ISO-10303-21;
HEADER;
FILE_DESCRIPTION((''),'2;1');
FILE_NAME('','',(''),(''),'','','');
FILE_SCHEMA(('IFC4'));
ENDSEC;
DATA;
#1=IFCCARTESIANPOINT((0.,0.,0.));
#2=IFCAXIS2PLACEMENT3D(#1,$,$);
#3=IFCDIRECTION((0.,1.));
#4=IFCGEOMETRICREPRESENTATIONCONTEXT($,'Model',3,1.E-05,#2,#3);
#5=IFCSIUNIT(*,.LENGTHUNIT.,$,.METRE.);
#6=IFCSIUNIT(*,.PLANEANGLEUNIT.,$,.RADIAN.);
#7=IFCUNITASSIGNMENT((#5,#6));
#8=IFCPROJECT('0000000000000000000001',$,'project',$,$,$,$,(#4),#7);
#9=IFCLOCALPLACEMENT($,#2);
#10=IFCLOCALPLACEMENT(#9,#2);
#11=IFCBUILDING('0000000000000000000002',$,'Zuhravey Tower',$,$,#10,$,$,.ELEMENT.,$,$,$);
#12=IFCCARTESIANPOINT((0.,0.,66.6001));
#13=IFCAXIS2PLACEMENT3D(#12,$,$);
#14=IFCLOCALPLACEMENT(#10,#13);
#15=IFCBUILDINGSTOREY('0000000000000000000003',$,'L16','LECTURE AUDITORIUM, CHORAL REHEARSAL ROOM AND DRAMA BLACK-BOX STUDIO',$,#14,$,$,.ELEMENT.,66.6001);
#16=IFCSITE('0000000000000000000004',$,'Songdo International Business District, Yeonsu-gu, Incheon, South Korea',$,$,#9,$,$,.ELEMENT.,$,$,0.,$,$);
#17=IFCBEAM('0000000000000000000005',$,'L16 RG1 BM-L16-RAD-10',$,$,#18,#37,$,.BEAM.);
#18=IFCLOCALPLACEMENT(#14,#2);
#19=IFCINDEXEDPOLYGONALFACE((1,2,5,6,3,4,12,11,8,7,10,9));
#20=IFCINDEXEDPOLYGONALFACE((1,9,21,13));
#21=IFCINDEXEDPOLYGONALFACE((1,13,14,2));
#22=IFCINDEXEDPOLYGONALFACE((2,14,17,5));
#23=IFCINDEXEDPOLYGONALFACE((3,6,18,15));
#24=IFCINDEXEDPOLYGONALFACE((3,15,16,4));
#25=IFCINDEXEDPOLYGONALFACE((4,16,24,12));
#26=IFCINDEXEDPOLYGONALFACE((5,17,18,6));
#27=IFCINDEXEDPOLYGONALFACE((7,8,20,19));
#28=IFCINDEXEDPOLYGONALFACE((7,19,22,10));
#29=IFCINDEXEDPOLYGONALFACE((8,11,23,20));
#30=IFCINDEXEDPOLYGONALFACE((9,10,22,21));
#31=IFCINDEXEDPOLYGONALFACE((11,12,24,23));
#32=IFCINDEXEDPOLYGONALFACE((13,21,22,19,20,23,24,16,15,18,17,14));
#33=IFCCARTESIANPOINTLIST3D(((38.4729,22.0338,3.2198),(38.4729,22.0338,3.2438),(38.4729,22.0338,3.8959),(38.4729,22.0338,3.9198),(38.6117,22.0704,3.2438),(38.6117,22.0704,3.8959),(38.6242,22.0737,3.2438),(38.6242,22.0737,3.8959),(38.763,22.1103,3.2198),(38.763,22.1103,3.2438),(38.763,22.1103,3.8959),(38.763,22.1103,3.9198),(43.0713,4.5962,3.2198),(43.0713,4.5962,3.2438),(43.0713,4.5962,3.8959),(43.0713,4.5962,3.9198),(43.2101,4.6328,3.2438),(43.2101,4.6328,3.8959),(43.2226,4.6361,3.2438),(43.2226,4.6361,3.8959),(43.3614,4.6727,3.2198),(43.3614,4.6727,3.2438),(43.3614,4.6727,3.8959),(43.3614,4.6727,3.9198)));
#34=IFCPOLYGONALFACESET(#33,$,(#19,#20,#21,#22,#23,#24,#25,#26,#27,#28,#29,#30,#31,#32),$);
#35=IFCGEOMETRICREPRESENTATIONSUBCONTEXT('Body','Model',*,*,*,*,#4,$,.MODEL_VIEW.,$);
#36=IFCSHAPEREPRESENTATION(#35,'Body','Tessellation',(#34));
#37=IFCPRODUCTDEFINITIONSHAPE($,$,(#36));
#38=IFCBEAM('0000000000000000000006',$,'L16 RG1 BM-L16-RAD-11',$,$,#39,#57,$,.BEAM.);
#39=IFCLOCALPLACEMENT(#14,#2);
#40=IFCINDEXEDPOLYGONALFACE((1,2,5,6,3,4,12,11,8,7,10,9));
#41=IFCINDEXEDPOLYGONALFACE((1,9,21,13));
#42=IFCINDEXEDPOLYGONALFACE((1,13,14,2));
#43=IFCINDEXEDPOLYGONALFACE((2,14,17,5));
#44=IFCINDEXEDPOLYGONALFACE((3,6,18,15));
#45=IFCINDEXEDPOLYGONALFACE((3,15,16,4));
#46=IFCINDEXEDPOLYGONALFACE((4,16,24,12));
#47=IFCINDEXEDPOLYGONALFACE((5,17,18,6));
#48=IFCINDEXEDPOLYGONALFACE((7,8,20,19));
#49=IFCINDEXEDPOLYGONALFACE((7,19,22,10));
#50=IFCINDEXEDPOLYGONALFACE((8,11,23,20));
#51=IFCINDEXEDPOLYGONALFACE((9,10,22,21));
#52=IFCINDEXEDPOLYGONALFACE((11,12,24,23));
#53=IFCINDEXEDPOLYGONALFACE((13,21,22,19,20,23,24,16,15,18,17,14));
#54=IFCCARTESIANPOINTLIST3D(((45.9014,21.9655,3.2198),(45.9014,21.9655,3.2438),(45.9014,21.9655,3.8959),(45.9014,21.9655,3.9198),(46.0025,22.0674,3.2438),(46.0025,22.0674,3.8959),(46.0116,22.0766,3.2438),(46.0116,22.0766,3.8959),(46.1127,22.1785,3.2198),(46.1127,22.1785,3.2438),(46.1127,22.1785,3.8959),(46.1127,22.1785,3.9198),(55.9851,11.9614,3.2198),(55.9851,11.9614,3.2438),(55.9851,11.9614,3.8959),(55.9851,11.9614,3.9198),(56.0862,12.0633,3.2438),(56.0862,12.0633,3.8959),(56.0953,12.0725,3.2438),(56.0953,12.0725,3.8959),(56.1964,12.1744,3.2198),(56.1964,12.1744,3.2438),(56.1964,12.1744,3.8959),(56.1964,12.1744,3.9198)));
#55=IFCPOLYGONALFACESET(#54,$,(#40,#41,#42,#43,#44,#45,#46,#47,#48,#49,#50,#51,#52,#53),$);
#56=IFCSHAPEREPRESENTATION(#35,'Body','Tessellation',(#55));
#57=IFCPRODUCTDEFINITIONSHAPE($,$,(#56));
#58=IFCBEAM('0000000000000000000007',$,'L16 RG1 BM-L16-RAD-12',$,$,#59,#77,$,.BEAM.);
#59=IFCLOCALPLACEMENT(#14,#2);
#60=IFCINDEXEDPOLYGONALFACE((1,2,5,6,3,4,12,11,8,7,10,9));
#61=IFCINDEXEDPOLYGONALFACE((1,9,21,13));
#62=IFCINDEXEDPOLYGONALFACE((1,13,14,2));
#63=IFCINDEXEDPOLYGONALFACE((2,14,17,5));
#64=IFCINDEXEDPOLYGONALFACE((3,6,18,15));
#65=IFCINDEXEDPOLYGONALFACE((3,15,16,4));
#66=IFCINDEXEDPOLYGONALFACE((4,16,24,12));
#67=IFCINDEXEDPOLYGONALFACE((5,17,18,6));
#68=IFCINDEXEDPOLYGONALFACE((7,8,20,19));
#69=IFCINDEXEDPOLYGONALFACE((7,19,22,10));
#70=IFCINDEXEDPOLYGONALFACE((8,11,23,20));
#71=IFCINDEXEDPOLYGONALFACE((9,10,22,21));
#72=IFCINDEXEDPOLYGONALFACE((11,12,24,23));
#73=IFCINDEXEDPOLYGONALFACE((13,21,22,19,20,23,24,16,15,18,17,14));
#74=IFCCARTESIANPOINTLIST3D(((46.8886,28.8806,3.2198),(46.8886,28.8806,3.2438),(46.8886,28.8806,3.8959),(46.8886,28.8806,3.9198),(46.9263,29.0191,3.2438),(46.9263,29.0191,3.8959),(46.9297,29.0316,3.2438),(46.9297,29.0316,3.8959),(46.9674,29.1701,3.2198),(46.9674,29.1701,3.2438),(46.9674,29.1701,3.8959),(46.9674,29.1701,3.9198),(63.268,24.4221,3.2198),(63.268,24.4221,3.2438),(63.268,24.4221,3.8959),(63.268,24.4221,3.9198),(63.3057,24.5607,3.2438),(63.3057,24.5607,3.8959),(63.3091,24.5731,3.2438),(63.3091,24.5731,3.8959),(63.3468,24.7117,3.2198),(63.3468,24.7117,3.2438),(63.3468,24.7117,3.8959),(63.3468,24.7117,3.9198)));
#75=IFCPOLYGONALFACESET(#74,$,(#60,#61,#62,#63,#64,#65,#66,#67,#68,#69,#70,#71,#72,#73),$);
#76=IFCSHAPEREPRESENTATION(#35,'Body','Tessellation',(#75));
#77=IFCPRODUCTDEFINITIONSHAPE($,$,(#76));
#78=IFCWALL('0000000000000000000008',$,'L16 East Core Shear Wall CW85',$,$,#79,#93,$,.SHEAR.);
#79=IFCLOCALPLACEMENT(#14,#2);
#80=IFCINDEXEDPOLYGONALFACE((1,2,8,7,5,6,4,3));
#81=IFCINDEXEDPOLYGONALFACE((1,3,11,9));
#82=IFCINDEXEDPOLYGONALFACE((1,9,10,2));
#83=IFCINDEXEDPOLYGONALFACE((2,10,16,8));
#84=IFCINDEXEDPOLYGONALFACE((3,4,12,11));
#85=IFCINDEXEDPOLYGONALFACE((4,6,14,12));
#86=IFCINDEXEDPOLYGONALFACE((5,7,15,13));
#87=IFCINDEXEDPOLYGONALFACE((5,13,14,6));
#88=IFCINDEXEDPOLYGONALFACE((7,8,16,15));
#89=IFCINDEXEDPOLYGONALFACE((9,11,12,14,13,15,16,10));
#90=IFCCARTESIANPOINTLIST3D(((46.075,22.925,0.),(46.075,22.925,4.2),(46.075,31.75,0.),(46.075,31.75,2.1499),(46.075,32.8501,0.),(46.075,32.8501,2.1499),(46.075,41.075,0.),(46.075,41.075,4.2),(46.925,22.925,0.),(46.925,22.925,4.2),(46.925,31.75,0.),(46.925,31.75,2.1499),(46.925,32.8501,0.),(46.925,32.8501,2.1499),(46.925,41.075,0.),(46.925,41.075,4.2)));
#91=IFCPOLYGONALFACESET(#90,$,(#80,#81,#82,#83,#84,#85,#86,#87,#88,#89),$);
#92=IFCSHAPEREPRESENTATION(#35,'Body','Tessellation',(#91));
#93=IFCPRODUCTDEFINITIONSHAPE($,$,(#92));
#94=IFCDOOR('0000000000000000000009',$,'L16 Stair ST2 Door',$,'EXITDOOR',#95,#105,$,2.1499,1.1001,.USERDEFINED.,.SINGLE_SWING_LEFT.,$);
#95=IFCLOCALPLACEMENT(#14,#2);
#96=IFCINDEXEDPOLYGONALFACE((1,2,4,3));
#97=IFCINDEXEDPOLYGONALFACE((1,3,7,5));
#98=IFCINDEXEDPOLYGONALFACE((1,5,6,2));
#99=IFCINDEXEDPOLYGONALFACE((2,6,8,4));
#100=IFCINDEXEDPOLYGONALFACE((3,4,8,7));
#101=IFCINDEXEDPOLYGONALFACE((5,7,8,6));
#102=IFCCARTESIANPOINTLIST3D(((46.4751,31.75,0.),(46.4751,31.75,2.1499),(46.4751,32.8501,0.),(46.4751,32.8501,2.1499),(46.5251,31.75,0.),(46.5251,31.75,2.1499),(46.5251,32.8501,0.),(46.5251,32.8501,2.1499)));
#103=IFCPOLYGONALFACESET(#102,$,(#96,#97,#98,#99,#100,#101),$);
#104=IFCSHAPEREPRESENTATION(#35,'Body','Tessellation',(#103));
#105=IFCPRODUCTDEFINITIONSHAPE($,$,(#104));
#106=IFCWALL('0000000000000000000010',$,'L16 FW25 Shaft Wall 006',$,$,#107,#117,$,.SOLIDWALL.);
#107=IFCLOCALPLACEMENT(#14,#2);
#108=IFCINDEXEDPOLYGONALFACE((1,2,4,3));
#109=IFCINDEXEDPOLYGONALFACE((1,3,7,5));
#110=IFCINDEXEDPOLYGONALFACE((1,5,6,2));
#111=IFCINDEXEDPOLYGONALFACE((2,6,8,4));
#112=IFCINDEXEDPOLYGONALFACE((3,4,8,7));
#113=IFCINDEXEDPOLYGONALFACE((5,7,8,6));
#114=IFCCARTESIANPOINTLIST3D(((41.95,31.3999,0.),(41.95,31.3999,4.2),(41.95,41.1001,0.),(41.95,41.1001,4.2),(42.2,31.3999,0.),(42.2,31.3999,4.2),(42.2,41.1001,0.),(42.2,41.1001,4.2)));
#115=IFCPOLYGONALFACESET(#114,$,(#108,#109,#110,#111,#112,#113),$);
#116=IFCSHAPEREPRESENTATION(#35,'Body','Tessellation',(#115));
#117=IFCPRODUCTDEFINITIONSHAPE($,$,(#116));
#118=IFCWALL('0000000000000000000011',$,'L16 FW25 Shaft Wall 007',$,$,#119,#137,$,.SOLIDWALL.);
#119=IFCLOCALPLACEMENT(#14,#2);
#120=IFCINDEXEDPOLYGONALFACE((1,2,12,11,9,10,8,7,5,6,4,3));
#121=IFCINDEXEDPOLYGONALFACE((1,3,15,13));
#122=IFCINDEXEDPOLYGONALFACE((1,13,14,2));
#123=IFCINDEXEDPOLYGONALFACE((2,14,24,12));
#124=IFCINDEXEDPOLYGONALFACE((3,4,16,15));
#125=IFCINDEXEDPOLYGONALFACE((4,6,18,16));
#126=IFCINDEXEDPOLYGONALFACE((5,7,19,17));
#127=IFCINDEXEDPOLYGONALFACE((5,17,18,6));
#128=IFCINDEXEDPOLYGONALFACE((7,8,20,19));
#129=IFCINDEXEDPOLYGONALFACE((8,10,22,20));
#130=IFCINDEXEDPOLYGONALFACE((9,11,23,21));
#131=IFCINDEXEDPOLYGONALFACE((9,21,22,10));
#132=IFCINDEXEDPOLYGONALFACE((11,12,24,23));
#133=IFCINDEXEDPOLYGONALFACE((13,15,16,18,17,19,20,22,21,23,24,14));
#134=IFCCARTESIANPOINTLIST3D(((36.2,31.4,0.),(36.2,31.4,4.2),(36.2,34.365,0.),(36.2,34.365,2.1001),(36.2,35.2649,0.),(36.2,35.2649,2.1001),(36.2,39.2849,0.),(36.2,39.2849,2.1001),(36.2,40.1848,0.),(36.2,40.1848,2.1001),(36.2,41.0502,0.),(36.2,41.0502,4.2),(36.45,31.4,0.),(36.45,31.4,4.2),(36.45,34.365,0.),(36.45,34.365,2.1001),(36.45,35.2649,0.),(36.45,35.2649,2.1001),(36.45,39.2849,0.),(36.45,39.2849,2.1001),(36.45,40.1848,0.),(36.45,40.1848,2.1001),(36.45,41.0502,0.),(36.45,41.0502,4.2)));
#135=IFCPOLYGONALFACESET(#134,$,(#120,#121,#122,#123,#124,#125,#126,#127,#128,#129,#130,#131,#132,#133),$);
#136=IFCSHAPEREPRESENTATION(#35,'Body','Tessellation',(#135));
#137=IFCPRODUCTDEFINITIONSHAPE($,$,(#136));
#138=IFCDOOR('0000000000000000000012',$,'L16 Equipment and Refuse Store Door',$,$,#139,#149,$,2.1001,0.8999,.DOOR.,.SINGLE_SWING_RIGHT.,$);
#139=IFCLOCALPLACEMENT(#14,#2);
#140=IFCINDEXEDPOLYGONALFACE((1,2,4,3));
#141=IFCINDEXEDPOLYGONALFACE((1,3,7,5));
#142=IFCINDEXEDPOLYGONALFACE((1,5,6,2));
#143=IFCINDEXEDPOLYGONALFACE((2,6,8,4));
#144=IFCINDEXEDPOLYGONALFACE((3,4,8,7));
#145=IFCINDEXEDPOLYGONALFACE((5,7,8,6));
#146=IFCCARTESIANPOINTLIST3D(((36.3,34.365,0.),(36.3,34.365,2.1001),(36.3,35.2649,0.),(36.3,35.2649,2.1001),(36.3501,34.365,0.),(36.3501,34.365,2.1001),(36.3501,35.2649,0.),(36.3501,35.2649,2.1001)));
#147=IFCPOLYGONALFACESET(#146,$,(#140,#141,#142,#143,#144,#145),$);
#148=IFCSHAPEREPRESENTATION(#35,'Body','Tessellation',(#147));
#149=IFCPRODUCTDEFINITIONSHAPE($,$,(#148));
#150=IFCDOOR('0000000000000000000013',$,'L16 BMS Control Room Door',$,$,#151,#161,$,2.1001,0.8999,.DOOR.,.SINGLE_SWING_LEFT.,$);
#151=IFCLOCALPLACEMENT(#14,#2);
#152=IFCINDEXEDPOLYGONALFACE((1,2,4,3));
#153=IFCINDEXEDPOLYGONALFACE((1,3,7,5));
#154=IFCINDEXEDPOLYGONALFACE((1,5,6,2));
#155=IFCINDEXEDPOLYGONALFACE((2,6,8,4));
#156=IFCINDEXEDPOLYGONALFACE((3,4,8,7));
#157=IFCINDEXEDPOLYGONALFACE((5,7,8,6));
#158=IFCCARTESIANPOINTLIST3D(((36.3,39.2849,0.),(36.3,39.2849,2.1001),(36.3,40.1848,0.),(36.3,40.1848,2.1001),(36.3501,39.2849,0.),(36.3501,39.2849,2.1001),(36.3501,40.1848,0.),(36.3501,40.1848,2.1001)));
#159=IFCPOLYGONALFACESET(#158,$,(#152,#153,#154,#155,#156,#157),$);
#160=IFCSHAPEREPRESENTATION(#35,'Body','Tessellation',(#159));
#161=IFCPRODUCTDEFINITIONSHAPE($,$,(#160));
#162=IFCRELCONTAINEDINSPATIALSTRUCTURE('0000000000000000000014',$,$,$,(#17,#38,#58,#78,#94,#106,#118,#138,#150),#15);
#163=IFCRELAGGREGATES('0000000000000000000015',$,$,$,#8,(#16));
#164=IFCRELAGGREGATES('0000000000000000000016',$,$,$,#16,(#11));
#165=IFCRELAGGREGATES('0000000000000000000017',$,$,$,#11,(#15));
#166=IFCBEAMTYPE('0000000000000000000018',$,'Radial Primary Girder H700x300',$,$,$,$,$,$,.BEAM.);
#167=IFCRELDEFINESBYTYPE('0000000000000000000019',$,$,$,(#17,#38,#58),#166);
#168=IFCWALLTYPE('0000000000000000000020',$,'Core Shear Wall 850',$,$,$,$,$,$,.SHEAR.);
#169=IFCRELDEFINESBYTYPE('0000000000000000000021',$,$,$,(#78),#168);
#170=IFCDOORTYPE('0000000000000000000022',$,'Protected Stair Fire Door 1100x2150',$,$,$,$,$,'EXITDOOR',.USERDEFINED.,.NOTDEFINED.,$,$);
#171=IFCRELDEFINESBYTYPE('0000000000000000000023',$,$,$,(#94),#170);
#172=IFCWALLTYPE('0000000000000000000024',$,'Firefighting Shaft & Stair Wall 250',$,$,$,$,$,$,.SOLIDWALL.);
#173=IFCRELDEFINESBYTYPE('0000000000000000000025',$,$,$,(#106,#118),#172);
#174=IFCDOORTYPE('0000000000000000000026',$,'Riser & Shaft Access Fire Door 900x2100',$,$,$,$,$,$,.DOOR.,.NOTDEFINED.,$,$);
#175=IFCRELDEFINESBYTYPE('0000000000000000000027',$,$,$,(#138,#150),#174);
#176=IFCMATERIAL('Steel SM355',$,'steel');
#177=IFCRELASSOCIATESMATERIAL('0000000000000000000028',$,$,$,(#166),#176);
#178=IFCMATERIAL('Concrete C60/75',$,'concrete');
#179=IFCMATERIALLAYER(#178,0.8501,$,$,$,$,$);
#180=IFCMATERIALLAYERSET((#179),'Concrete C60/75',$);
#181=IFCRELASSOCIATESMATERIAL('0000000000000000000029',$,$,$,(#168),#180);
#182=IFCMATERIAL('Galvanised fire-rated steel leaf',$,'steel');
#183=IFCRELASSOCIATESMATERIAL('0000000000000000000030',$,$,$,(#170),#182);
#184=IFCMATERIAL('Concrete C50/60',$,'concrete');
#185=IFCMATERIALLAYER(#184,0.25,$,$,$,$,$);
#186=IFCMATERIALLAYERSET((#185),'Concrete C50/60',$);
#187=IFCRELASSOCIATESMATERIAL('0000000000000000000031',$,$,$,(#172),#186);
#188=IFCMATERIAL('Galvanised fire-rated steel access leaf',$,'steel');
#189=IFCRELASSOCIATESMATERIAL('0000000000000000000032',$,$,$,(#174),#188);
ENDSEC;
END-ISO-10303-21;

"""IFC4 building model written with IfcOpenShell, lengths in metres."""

from ifc_helpers import new_model, si_unit, direction, frame, frame_2d, origin, origin_2d, place, context, subcontext, project, spatial, rectangle, i_section, extrude, material, layer, layer_set, material_profile, profile_set, type_object, element, fill, save


model = new_model("IFC4")

# Units and contexts
model_context = context("Model", 3, precision=1e-05, world=origin(), true_north=direction((0.0, 1.0)))
body_context = subcontext(model_context, "Body", "Model", "MODEL_VIEW")
ifc_project = project(units=[si_unit("LENGTHUNIT", "METRE"), si_unit("PLANEANGLEUNIT", "RADIAN")], contexts=[model_context])

# Site, building, storey
site_placement = place(None, origin())
site = spatial("IfcSite", under=ifc_project, at=site_placement, Name="Songdo International Business District, Yeonsu-gu, Incheon, South Korea", CompositionType="ELEMENT", RefElevation=0.0)
building_placement = place(site_placement, origin())
building = spatial("IfcBuilding", under=site, at=building_placement, Name="Zuhravey Tower", CompositionType="ELEMENT")
storey_placement = place(building_placement, frame((0.0, 0.0, 66.6001)))
storey = spatial("IfcBuildingStorey", under=building, at=storey_placement, Name="L16", Description="LECTURE AUDITORIUM, CHORAL REHEARSAL ROOM AND DRAMA BLACK-BOX STUDIO", CompositionType="ELEMENT", Elevation=66.6001)

# Beams
ifc_material_1 = material(Name="Steel SM355", Category="steel")
ifc_material_profile = material_profile(ifc_material_1, i_section(OverallWidth=0.3, OverallDepth=0.7, WebThickness=0.0129, FlangeThickness=0.0239, at=origin_2d()), Name="H-700x300x13x24")
ifc_profile_set = profile_set([ifc_material_profile], Name="Steel SM355")
beam_type = type_object("IfcBeamType", Name="Radial Primary Girder H700x300", PredefinedType="BEAM", material=ifc_profile_set)
beam_1_placement = place(storey_placement, frame((38.6179, 22.072, 3.5698), z_axis=(0.25499, -0.966944, 0.0), x_axis=(0.966944, 0.25499, 0.0)))
element("IfcBeam", 1, at=beam_1_placement, inside=storey, type_object=beam_type, Name="L16 RG1 BM-L16-RAD-10", PredefinedType="BEAM", context=body_context, shape_type="SweptSolid", body=[
    extrude(i_section(OverallWidth=0.3, OverallDepth=0.7, WebThickness=0.0129, FlangeThickness=0.0239, at=origin_2d()), origin(), (0.0, 0.0, 1.0), 18.0337),
])
beam_2_placement = place(storey_placement, frame((46.0071, 22.072, 3.5698), z_axis=(0.709903, -0.7043, 0.0), x_axis=(0.7043, 0.709903, 0.0)))
element("IfcBeam", 2, at=beam_2_placement, inside=storey, type_object=beam_type, Name="L16 RG1 BM-L16-RAD-11", PredefinedType="BEAM", context=body_context, shape_type="SweptSolid", body=[
    extrude(i_section(OverallWidth=0.3, OverallDepth=0.7, WebThickness=0.0129, FlangeThickness=0.0239, at=origin_2d()), origin(), (0.0, 0.0, 1.0), 14.2043),
])
beam_3_placement = place(storey_placement, frame((46.928, 29.0254, 3.5698), z_axis=(0.964892, -0.262645, 0.0), x_axis=(0.262645, 0.964892, 0.0)))
element("IfcBeam", 3, at=beam_3_placement, inside=storey, type_object=beam_type, Name="L16 RG1 BM-L16-RAD-12", PredefinedType="BEAM", context=body_context, shape_type="SweptSolid", body=[
    extrude(i_section(OverallWidth=0.3, OverallDepth=0.7, WebThickness=0.0129, FlangeThickness=0.0239, at=origin_2d()), origin(), (0.0, 0.0, 1.0), 16.9753),
])

# Wall, opening, door
ifc_material_2 = material(Name="Concrete C60/75", Category="concrete")
ifc_layer_1 = layer(ifc_material_2, 0.8501)
ifc_layer_set_1 = layer_set([ifc_layer_1], Name="Concrete C60/75")
wall_type_1 = type_object("IfcWallType", Name="Core Shear Wall 850", PredefinedType="SHEAR", material=ifc_layer_set_1)
ifc_material_3 = material(Name="Galvanised fire-rated steel leaf", Category="steel")
wall_1_placement = place(storey_placement, frame((46.5, 22.925, 0.0), z_axis=(0.0, 0.0, 1.0), x_axis=(0.0, 1.0, 0.0)))
wall_1 = element("IfcWall", 4, at=wall_1_placement, inside=storey, type_object=wall_type_1, Name="L16 East Core Shear Wall CW85", PredefinedType="SHEAR", context=body_context, shape_type="SweptSolid", body=[
    extrude(rectangle(XDim=18.1499, YDim=0.8501, at=frame_2d((9.075, 0.0))), origin(), (0.0, 0.0, 1.0), 4.2),
])
opening_1_placement = place(wall_1_placement, frame((8.825, 0.0, 0.0)))
opening_1 = element("IfcOpeningElement", 5, at=opening_1_placement, cuts=wall_1, PredefinedType="OPENING", context=body_context, shape_type="SweptSolid", body=[
    extrude(rectangle(XDim=1.1001, YDim=2.1499, at=frame_2d((0.55, 1.075))), frame((0.0, 0.437, 0.0), z_axis=(0.0, -1.0, 0.0), x_axis=(1.0, 0.0, 0.0)), (0.0, 0.0, 1.0), 0.874),
])
door_type_1 = type_object("IfcDoorType", Name="Protected Stair Fire Door 1100x2150", ElementType="EXITDOOR", OperationType="NOTDEFINED", PredefinedType="USERDEFINED", material=ifc_material_3)
door_1_placement = place(opening_1_placement, origin())
door_1 = element("IfcDoor", 6, at=door_1_placement, inside=storey, type_object=door_type_1, Name="L16 Stair ST2 Door", ObjectType="EXITDOOR", OperationType="SINGLE_SWING_LEFT", OverallHeight=2.1499, OverallWidth=1.1001, PredefinedType="USERDEFINED", context=body_context, shape_type="SweptSolid", body=[
    extrude(rectangle(XDim=1.1001, YDim=2.1499, at=frame_2d((0.55, 1.075))), frame((0.0, 0.0249, 0.0), z_axis=(0.0, -1.0, 0.0), x_axis=(1.0, 0.0, 0.0)), (0.0, 0.0, 1.0), 0.05),
])
fill(opening_1, door_1)

# Wall
ifc_material_4 = material(Name="Concrete C50/60", Category="concrete")
ifc_layer_2 = layer(ifc_material_4, 0.25)
ifc_layer_set_2 = layer_set([ifc_layer_2], Name="Concrete C50/60")
wall_type_2 = type_object("IfcWallType", Name="Firefighting Shaft & Stair Wall 250", PredefinedType="SOLIDWALL", material=ifc_layer_set_2)
wall_2_placement = place(storey_placement, frame((42.075, 31.3999, 0.0), z_axis=(0.0, 0.0, 1.0), x_axis=(0.0, 1.0, 0.0)))
element("IfcWall", 7, at=wall_2_placement, inside=storey, type_object=wall_type_2, Name="L16 FW25 Shaft Wall 006", PredefinedType="SOLIDWALL", context=body_context, shape_type="SweptSolid", body=[
    extrude(rectangle(XDim=9.7002, YDim=0.25, at=frame_2d((4.8501, 0.0))), origin(), (0.0, 0.0, 1.0), 4.2),
])

# Wall, openings, doors
wall_3_placement = place(storey_placement, frame((36.325, 31.3999, 0.0), z_axis=(0.0, 0.0, 1.0), x_axis=(0.0, 1.0, 0.0)))
wall_3 = element("IfcWall", 8, at=wall_3_placement, inside=storey, type_object=wall_type_2, Name="L16 FW25 Shaft Wall 007", PredefinedType="SOLIDWALL", context=body_context, shape_type="SweptSolid", body=[
    extrude(rectangle(XDim=9.6501, YDim=0.25, at=frame_2d((4.8252, 0.0))), origin(), (0.0, 0.0, 1.0), 4.2),
])
opening_2_placement = place(wall_3_placement, frame((2.9651, 0.0, 0.0)))
opening_2 = element("IfcOpeningElement", 9, at=opening_2_placement, cuts=wall_3, PredefinedType="OPENING", context=body_context, shape_type="SweptSolid", body=[
    extrude(rectangle(XDim=0.8999, YDim=2.1001, at=frame_2d((0.45, 1.05))), frame((0.0, 0.137, 0.0), z_axis=(0.0, -1.0, 0.0), x_axis=(1.0, 0.0, 0.0)), (0.0, 0.0, 1.0), 0.2739),
])
opening_3_placement = place(wall_3_placement, frame((7.885, 0.0, 0.0)))
opening_3 = element("IfcOpeningElement", 10, at=opening_3_placement, cuts=wall_3, PredefinedType="OPENING", context=body_context, shape_type="SweptSolid", body=[
    extrude(rectangle(XDim=0.8999, YDim=2.1001, at=frame_2d((0.45, 1.05))), frame((0.0, 0.137, 0.0), z_axis=(0.0, -1.0, 0.0), x_axis=(1.0, 0.0, 0.0)), (0.0, 0.0, 1.0), 0.2739),
])
ifc_material_5 = material(Name="Galvanised fire-rated steel access leaf", Category="steel")
door_type_2 = type_object("IfcDoorType", Name="Riser & Shaft Access Fire Door 900x2100", OperationType="NOTDEFINED", PredefinedType="DOOR", material=ifc_material_5)
door_2_placement = place(opening_2_placement, origin())
door_2 = element("IfcDoor", 11, at=door_2_placement, inside=storey, type_object=door_type_2, Name="L16 Equipment and Refuse Store Door", OperationType="SINGLE_SWING_RIGHT", OverallHeight=2.1001, OverallWidth=0.8999, PredefinedType="DOOR", context=body_context, shape_type="SweptSolid", body=[
    extrude(rectangle(XDim=0.8999, YDim=2.1001, at=frame_2d((0.45, 1.05))), frame((0.0, 0.0249, 0.0), z_axis=(0.0, -1.0, 0.0), x_axis=(1.0, 0.0, 0.0)), (0.0, 0.0, 1.0), 0.05),
])
fill(opening_2, door_2)
door_3_placement = place(opening_3_placement, origin())
door_3 = element("IfcDoor", 12, at=door_3_placement, inside=storey, type_object=door_type_2, Name="L16 BMS Control Room Door", OperationType="SINGLE_SWING_LEFT", OverallHeight=2.1001, OverallWidth=0.8999, PredefinedType="DOOR", context=body_context, shape_type="SweptSolid", body=[
    extrude(rectangle(XDim=0.8999, YDim=2.1001, at=frame_2d((0.45, 1.05))), frame((0.0, 0.0249, 0.0), z_axis=(0.0, -1.0, 0.0), x_axis=(1.0, 0.0, 0.0)), (0.0, 0.0, 1.0), 0.05),
])
fill(opening_3, door_3)

save(model, "model.ifc")
